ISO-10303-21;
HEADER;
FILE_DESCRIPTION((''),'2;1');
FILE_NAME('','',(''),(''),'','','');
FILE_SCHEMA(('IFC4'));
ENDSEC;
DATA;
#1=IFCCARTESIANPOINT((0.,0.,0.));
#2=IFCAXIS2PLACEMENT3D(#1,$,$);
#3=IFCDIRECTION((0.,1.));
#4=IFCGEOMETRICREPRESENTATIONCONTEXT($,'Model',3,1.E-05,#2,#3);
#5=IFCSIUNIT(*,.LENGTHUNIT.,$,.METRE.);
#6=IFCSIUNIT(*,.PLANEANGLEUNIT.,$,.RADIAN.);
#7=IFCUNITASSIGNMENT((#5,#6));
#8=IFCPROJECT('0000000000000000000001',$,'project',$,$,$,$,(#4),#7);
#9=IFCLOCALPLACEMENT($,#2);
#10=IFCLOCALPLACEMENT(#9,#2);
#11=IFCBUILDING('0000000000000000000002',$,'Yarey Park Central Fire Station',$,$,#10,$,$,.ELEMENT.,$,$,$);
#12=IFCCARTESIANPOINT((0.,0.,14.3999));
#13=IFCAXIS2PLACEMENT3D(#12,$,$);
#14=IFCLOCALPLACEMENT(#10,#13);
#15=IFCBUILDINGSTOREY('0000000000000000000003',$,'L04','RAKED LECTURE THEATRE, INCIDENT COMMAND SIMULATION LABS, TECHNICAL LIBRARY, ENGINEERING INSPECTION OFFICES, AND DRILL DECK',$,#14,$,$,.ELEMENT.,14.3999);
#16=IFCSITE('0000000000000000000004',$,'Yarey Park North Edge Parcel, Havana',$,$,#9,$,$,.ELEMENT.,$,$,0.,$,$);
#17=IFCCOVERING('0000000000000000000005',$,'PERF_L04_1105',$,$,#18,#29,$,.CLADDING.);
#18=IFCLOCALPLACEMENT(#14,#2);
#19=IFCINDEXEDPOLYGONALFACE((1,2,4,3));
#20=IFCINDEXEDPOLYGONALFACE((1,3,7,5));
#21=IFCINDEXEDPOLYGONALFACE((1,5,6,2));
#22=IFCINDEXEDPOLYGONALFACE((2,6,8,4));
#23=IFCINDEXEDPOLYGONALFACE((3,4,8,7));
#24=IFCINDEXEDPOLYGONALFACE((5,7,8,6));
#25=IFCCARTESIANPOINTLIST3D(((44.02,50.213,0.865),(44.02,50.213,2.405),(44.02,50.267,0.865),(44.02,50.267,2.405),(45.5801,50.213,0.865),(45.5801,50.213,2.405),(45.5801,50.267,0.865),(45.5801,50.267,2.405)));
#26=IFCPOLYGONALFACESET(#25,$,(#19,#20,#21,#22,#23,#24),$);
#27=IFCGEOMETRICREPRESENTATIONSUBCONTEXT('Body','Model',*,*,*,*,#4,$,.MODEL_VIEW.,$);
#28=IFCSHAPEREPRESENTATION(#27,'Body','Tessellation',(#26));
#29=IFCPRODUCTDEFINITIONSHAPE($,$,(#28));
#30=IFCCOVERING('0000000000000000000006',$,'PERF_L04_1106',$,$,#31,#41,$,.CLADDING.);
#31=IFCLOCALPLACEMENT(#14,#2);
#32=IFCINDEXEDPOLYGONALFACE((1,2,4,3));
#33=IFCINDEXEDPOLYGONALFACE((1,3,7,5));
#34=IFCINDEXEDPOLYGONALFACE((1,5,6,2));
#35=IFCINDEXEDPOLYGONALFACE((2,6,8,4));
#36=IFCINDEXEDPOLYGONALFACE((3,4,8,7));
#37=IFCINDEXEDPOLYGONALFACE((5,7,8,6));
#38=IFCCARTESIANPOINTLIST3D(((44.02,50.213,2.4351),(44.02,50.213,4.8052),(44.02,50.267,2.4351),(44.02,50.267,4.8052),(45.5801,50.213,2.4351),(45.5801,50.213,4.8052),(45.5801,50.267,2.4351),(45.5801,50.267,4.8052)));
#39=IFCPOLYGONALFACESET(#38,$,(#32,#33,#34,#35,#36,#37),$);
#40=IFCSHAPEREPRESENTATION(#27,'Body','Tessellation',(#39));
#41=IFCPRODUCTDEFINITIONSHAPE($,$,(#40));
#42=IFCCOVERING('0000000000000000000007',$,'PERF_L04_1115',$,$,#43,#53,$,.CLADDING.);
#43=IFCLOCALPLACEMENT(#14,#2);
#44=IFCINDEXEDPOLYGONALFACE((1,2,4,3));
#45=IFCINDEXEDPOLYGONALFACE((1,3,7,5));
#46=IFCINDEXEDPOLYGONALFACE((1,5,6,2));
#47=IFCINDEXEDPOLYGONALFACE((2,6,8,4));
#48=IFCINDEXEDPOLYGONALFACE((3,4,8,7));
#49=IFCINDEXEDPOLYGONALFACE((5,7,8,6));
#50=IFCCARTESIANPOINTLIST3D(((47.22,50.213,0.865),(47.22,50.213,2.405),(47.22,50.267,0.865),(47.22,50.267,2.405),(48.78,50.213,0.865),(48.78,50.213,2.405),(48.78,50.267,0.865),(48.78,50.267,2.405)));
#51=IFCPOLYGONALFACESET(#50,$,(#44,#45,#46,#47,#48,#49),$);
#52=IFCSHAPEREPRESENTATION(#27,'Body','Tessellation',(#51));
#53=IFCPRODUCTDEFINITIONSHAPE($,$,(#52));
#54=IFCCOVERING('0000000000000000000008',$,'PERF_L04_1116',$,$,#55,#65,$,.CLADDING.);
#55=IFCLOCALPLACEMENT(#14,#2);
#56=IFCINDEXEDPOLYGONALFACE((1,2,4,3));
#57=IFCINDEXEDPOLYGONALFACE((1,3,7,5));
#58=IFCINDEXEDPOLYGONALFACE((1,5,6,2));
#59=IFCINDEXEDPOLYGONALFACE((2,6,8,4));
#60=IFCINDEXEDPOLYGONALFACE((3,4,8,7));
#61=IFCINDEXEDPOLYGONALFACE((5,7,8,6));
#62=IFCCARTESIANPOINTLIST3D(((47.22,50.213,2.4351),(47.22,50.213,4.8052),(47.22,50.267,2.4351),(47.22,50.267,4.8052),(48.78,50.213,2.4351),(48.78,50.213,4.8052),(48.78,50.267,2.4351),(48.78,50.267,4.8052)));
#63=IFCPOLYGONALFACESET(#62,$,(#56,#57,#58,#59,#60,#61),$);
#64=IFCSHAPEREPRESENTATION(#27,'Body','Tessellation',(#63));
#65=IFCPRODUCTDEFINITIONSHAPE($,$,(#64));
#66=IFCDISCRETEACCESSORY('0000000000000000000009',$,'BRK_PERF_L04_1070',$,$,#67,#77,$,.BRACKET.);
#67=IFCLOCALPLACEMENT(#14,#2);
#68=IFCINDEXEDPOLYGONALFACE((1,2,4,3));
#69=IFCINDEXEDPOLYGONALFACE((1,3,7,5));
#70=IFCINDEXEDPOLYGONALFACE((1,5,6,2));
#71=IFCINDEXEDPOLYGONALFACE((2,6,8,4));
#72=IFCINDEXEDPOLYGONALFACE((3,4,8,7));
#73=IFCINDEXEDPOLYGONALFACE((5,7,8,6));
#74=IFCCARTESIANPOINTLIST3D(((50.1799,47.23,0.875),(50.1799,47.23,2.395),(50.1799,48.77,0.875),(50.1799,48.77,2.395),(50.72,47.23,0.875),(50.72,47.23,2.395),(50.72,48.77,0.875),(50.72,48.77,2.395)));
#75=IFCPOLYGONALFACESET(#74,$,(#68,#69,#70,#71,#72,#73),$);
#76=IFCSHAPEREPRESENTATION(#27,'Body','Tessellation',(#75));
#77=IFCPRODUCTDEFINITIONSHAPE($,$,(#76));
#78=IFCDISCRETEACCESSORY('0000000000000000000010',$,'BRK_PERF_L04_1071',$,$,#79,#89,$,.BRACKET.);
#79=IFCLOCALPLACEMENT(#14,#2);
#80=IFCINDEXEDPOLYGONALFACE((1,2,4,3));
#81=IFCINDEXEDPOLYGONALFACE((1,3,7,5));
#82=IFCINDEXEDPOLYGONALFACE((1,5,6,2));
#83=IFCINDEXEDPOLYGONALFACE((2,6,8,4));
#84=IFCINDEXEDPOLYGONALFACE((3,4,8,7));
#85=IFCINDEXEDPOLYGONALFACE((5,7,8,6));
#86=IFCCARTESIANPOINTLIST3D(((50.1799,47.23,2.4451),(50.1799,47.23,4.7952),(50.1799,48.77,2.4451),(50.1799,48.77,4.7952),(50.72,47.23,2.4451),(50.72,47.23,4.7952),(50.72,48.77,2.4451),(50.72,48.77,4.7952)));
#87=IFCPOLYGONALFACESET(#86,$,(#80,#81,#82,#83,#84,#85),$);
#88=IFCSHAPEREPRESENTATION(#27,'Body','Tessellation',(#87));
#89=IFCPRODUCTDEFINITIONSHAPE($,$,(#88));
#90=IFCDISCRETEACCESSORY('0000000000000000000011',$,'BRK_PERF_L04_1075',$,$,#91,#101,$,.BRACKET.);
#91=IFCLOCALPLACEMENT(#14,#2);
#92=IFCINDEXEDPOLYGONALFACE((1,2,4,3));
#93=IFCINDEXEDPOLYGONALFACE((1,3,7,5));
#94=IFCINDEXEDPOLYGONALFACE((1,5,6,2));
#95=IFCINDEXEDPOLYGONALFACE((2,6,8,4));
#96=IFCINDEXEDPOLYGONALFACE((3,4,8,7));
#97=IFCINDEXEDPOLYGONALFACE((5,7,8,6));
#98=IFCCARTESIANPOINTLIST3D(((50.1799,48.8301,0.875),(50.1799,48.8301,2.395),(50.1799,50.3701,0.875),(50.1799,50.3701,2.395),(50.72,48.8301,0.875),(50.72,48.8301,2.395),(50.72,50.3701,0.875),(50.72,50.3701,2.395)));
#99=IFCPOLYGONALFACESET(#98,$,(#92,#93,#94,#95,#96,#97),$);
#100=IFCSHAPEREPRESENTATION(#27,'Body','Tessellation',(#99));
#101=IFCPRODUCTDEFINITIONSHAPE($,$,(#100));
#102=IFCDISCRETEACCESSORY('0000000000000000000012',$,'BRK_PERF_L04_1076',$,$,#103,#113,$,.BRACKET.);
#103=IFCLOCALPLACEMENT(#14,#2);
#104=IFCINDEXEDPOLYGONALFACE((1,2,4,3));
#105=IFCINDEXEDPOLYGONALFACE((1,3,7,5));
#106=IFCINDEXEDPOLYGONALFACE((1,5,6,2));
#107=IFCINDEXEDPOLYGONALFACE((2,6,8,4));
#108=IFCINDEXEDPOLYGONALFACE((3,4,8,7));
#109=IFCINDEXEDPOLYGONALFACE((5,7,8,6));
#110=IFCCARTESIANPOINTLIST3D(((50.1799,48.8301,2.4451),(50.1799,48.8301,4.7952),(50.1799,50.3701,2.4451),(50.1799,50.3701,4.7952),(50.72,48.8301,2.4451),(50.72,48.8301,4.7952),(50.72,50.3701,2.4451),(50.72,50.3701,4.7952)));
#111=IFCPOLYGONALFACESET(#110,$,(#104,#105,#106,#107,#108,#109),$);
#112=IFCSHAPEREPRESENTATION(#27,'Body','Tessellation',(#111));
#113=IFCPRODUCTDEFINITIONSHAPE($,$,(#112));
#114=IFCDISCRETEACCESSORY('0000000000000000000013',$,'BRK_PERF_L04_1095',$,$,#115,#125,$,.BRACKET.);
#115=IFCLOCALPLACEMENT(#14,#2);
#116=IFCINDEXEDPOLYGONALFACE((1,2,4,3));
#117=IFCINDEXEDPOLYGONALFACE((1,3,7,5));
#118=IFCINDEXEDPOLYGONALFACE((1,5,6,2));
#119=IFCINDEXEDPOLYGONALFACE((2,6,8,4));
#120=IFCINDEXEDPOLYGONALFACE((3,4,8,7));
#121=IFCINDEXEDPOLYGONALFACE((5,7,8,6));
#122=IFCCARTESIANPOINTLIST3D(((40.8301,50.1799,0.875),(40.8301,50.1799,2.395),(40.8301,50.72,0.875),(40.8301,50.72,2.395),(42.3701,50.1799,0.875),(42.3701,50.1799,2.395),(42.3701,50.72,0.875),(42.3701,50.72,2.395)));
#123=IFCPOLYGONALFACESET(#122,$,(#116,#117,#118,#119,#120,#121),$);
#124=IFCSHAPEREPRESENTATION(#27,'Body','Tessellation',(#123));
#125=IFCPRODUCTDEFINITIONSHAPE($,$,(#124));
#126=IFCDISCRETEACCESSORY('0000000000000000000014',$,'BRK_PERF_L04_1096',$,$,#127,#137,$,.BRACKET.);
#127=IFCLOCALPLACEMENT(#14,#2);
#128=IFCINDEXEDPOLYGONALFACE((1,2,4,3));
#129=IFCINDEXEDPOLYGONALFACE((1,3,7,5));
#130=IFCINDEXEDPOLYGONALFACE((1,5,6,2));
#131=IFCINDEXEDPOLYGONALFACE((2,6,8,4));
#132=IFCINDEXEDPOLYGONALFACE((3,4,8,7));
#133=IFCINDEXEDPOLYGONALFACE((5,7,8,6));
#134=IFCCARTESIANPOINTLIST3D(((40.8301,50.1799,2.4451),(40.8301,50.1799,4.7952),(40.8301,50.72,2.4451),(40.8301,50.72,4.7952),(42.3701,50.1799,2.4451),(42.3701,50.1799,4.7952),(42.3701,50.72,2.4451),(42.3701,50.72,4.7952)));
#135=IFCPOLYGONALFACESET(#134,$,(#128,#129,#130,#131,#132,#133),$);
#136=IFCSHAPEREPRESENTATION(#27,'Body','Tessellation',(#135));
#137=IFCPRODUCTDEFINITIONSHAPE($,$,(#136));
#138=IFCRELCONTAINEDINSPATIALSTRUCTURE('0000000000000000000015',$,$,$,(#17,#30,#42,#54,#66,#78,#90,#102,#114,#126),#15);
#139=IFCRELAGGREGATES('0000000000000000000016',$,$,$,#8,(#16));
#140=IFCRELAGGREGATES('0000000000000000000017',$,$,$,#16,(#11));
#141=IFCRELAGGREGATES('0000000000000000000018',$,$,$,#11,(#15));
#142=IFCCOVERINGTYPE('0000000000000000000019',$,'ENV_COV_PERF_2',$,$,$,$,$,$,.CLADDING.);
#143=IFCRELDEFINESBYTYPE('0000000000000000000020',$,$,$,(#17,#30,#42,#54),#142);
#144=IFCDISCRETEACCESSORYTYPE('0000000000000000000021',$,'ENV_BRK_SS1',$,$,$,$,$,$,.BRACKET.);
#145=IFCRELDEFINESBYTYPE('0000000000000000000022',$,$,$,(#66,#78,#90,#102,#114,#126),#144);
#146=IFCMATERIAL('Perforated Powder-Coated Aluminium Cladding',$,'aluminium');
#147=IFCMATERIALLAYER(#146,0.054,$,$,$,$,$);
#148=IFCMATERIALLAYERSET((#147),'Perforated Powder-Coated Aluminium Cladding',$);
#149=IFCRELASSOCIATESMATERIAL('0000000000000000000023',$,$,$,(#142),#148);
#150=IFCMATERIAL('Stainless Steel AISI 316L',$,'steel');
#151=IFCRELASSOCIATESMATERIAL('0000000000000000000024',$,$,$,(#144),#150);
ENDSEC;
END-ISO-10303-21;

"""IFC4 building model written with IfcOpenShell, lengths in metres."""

from ifc_helpers import new_model, si_unit, direction, frame, origin, origin_2d, place, context, subcontext, project, spatial, rectangle, extrude, material, layer, layer_set, type_object, element, save


model = new_model("IFC4")

# Units and contexts
model_context = context("Model", 3, precision=1e-05, world=origin(), true_north=direction((0.0, 1.0)))
body_context = subcontext(model_context, "Body", "Model", "MODEL_VIEW")
ifc_project = project(units=[si_unit("LENGTHUNIT", "METRE"), si_unit("PLANEANGLEUNIT", "RADIAN")], contexts=[model_context])

# Site, building, storey
site_placement = place(None, origin())
site = spatial("IfcSite", under=ifc_project, at=site_placement, Name="Yarey Park North Edge Parcel, Havana", CompositionType="ELEMENT", RefElevation=0.0)
building_placement = place(site_placement, origin())
building = spatial("IfcBuilding", under=site, at=building_placement, Name="Yarey Park Central Fire Station", CompositionType="ELEMENT")
storey_placement = place(building_placement, frame((0.0, 0.0, 14.3999)))
storey = spatial("IfcBuildingStorey", under=building, at=storey_placement, Name="L04", Description="RAKED LECTURE THEATRE, INCIDENT COMMAND SIMULATION LABS, TECHNICAL LIBRARY, ENGINEERING INSPECTION OFFICES, AND DRILL DECK", CompositionType="ELEMENT", Elevation=14.3999)

# Coverings
ifc_material_1 = material(Name="Perforated Powder-Coated Aluminium Cladding", Category="aluminium")
ifc_layer_1 = layer(ifc_material_1, 0.054)
ifc_layer_set_1 = layer_set([ifc_layer_1], Name="Perforated Powder-Coated Aluminium Cladding")
covering_type_1 = type_object("IfcCoveringType", Name="ENV_COV_PERF_2", PredefinedType="CLADDING", material=ifc_layer_set_1)
covering_1_placement = place(storey_placement, frame((44.8, 50.24, 0.865), z_axis=(0.0, 0.0, 1.0), x_axis=(1.0, 0.0, 0.0)))
element("IfcCovering", 1, at=covering_1_placement, inside=storey, type_object=covering_type_1, Name="PERF_L04_1105", PredefinedType="CLADDING", context=body_context, shape_type="SweptSolid", body=[
    extrude(rectangle(XDim=1.5601, YDim=0.054, at=origin_2d()), origin(), (0.0, 0.0, 1.0), 1.54),
])
covering_2_placement = place(storey_placement, frame((44.8, 50.24, 2.4351), z_axis=(0.0, 0.0, 1.0), x_axis=(1.0, 0.0, 0.0)))
element("IfcCovering", 2, at=covering_2_placement, inside=storey, type_object=covering_type_1, Name="PERF_L04_1106", PredefinedType="CLADDING", context=body_context, shape_type="SweptSolid", body=[
    extrude(rectangle(XDim=1.5601, YDim=0.054, at=origin_2d()), origin(), (0.0, 0.0, 1.0), 2.3701),
])
covering_3_placement = place(storey_placement, frame((48.0, 50.24, 0.865), z_axis=(0.0, 0.0, 1.0), x_axis=(1.0, 0.0, 0.0)))
element("IfcCovering", 3, at=covering_3_placement, inside=storey, type_object=covering_type_1, Name="PERF_L04_1115", PredefinedType="CLADDING", context=body_context, shape_type="SweptSolid", body=[
    extrude(rectangle(XDim=1.5601, YDim=0.054, at=origin_2d()), origin(), (0.0, 0.0, 1.0), 1.54),
])
covering_4_placement = place(storey_placement, frame((48.0, 50.24, 2.4351), z_axis=(0.0, 0.0, 1.0), x_axis=(1.0, 0.0, 0.0)))
element("IfcCovering", 4, at=covering_4_placement, inside=storey, type_object=covering_type_1, Name="PERF_L04_1116", PredefinedType="CLADDING", context=body_context, shape_type="SweptSolid", body=[
    extrude(rectangle(XDim=1.5601, YDim=0.054, at=origin_2d()), origin(), (0.0, 0.0, 1.0), 2.3701),
])

# Discrete accessories
ifc_material_2 = material(Name="Stainless Steel AISI 316L", Category="steel")
discrete_accessory_type = type_object("IfcDiscreteAccessoryType", Name="ENV_BRK_SS1", PredefinedType="BRACKET", material=ifc_material_2)
discrete_accessory_1_placement = place(storey_placement, frame((50.45, 48.0, 0.875), z_axis=(0.0, 0.0, 1.0), x_axis=(1.0, 0.0, 0.0)))
element("IfcDiscreteAccessory", 5, at=discrete_accessory_1_placement, inside=storey, type_object=discrete_accessory_type, Name="BRK_PERF_L04_1070", PredefinedType="BRACKET", context=body_context, shape_type="SweptSolid", body=[
    extrude(rectangle(XDim=0.54, YDim=1.54, at=origin_2d()), origin(), (0.0, 0.0, 1.0), 1.52),
])
discrete_accessory_2_placement = place(storey_placement, frame((50.45, 48.0, 2.4451), z_axis=(0.0, 0.0, 1.0), x_axis=(1.0, 0.0, 0.0)))
element("IfcDiscreteAccessory", 6, at=discrete_accessory_2_placement, inside=storey, type_object=discrete_accessory_type, Name="BRK_PERF_L04_1071", PredefinedType="BRACKET", context=body_context, shape_type="SweptSolid", body=[
    extrude(rectangle(XDim=0.54, YDim=1.54, at=origin_2d()), origin(), (0.0, 0.0, 1.0), 2.3501),
])
discrete_accessory_3_placement = place(storey_placement, frame((50.45, 49.6001, 0.875), z_axis=(0.0, 0.0, 1.0), x_axis=(1.0, 0.0, 0.0)))
element("IfcDiscreteAccessory", 7, at=discrete_accessory_3_placement, inside=storey, type_object=discrete_accessory_type, Name="BRK_PERF_L04_1075", PredefinedType="BRACKET", context=body_context, shape_type="SweptSolid", body=[
    extrude(rectangle(XDim=0.54, YDim=1.54, at=origin_2d()), origin(), (0.0, 0.0, 1.0), 1.52),
])
discrete_accessory_4_placement = place(storey_placement, frame((50.45, 49.6001, 2.4451), z_axis=(0.0, 0.0, 1.0), x_axis=(1.0, 0.0, 0.0)))
element("IfcDiscreteAccessory", 8, at=discrete_accessory_4_placement, inside=storey, type_object=discrete_accessory_type, Name="BRK_PERF_L04_1076", PredefinedType="BRACKET", context=body_context, shape_type="SweptSolid", body=[
    extrude(rectangle(XDim=0.54, YDim=1.54, at=origin_2d()), origin(), (0.0, 0.0, 1.0), 2.3501),
])
discrete_accessory_5_placement = place(storey_placement, frame((41.6001, 50.45, 0.875), z_axis=(0.0, 0.0, 1.0), x_axis=(1.0, 0.0, 0.0)))
element("IfcDiscreteAccessory", 9, at=discrete_accessory_5_placement, inside=storey, type_object=discrete_accessory_type, Name="BRK_PERF_L04_1095", PredefinedType="BRACKET", context=body_context, shape_type="SweptSolid", body=[
    extrude(rectangle(XDim=1.54, YDim=0.54, at=origin_2d()), origin(), (0.0, 0.0, 1.0), 1.52),
])
discrete_accessory_6_placement = place(storey_placement, frame((41.6001, 50.45, 2.4451), z_axis=(0.0, 0.0, 1.0), x_axis=(1.0, 0.0, 0.0)))
element("IfcDiscreteAccessory", 10, at=discrete_accessory_6_placement, inside=storey, type_object=discrete_accessory_type, Name="BRK_PERF_L04_1096", PredefinedType="BRACKET", context=body_context, shape_type="SweptSolid", body=[
    extrude(rectangle(XDim=1.54, YDim=0.54, at=origin_2d()), origin(), (0.0, 0.0, 1.0), 2.3501),
])

save(model, "model.ifc")
